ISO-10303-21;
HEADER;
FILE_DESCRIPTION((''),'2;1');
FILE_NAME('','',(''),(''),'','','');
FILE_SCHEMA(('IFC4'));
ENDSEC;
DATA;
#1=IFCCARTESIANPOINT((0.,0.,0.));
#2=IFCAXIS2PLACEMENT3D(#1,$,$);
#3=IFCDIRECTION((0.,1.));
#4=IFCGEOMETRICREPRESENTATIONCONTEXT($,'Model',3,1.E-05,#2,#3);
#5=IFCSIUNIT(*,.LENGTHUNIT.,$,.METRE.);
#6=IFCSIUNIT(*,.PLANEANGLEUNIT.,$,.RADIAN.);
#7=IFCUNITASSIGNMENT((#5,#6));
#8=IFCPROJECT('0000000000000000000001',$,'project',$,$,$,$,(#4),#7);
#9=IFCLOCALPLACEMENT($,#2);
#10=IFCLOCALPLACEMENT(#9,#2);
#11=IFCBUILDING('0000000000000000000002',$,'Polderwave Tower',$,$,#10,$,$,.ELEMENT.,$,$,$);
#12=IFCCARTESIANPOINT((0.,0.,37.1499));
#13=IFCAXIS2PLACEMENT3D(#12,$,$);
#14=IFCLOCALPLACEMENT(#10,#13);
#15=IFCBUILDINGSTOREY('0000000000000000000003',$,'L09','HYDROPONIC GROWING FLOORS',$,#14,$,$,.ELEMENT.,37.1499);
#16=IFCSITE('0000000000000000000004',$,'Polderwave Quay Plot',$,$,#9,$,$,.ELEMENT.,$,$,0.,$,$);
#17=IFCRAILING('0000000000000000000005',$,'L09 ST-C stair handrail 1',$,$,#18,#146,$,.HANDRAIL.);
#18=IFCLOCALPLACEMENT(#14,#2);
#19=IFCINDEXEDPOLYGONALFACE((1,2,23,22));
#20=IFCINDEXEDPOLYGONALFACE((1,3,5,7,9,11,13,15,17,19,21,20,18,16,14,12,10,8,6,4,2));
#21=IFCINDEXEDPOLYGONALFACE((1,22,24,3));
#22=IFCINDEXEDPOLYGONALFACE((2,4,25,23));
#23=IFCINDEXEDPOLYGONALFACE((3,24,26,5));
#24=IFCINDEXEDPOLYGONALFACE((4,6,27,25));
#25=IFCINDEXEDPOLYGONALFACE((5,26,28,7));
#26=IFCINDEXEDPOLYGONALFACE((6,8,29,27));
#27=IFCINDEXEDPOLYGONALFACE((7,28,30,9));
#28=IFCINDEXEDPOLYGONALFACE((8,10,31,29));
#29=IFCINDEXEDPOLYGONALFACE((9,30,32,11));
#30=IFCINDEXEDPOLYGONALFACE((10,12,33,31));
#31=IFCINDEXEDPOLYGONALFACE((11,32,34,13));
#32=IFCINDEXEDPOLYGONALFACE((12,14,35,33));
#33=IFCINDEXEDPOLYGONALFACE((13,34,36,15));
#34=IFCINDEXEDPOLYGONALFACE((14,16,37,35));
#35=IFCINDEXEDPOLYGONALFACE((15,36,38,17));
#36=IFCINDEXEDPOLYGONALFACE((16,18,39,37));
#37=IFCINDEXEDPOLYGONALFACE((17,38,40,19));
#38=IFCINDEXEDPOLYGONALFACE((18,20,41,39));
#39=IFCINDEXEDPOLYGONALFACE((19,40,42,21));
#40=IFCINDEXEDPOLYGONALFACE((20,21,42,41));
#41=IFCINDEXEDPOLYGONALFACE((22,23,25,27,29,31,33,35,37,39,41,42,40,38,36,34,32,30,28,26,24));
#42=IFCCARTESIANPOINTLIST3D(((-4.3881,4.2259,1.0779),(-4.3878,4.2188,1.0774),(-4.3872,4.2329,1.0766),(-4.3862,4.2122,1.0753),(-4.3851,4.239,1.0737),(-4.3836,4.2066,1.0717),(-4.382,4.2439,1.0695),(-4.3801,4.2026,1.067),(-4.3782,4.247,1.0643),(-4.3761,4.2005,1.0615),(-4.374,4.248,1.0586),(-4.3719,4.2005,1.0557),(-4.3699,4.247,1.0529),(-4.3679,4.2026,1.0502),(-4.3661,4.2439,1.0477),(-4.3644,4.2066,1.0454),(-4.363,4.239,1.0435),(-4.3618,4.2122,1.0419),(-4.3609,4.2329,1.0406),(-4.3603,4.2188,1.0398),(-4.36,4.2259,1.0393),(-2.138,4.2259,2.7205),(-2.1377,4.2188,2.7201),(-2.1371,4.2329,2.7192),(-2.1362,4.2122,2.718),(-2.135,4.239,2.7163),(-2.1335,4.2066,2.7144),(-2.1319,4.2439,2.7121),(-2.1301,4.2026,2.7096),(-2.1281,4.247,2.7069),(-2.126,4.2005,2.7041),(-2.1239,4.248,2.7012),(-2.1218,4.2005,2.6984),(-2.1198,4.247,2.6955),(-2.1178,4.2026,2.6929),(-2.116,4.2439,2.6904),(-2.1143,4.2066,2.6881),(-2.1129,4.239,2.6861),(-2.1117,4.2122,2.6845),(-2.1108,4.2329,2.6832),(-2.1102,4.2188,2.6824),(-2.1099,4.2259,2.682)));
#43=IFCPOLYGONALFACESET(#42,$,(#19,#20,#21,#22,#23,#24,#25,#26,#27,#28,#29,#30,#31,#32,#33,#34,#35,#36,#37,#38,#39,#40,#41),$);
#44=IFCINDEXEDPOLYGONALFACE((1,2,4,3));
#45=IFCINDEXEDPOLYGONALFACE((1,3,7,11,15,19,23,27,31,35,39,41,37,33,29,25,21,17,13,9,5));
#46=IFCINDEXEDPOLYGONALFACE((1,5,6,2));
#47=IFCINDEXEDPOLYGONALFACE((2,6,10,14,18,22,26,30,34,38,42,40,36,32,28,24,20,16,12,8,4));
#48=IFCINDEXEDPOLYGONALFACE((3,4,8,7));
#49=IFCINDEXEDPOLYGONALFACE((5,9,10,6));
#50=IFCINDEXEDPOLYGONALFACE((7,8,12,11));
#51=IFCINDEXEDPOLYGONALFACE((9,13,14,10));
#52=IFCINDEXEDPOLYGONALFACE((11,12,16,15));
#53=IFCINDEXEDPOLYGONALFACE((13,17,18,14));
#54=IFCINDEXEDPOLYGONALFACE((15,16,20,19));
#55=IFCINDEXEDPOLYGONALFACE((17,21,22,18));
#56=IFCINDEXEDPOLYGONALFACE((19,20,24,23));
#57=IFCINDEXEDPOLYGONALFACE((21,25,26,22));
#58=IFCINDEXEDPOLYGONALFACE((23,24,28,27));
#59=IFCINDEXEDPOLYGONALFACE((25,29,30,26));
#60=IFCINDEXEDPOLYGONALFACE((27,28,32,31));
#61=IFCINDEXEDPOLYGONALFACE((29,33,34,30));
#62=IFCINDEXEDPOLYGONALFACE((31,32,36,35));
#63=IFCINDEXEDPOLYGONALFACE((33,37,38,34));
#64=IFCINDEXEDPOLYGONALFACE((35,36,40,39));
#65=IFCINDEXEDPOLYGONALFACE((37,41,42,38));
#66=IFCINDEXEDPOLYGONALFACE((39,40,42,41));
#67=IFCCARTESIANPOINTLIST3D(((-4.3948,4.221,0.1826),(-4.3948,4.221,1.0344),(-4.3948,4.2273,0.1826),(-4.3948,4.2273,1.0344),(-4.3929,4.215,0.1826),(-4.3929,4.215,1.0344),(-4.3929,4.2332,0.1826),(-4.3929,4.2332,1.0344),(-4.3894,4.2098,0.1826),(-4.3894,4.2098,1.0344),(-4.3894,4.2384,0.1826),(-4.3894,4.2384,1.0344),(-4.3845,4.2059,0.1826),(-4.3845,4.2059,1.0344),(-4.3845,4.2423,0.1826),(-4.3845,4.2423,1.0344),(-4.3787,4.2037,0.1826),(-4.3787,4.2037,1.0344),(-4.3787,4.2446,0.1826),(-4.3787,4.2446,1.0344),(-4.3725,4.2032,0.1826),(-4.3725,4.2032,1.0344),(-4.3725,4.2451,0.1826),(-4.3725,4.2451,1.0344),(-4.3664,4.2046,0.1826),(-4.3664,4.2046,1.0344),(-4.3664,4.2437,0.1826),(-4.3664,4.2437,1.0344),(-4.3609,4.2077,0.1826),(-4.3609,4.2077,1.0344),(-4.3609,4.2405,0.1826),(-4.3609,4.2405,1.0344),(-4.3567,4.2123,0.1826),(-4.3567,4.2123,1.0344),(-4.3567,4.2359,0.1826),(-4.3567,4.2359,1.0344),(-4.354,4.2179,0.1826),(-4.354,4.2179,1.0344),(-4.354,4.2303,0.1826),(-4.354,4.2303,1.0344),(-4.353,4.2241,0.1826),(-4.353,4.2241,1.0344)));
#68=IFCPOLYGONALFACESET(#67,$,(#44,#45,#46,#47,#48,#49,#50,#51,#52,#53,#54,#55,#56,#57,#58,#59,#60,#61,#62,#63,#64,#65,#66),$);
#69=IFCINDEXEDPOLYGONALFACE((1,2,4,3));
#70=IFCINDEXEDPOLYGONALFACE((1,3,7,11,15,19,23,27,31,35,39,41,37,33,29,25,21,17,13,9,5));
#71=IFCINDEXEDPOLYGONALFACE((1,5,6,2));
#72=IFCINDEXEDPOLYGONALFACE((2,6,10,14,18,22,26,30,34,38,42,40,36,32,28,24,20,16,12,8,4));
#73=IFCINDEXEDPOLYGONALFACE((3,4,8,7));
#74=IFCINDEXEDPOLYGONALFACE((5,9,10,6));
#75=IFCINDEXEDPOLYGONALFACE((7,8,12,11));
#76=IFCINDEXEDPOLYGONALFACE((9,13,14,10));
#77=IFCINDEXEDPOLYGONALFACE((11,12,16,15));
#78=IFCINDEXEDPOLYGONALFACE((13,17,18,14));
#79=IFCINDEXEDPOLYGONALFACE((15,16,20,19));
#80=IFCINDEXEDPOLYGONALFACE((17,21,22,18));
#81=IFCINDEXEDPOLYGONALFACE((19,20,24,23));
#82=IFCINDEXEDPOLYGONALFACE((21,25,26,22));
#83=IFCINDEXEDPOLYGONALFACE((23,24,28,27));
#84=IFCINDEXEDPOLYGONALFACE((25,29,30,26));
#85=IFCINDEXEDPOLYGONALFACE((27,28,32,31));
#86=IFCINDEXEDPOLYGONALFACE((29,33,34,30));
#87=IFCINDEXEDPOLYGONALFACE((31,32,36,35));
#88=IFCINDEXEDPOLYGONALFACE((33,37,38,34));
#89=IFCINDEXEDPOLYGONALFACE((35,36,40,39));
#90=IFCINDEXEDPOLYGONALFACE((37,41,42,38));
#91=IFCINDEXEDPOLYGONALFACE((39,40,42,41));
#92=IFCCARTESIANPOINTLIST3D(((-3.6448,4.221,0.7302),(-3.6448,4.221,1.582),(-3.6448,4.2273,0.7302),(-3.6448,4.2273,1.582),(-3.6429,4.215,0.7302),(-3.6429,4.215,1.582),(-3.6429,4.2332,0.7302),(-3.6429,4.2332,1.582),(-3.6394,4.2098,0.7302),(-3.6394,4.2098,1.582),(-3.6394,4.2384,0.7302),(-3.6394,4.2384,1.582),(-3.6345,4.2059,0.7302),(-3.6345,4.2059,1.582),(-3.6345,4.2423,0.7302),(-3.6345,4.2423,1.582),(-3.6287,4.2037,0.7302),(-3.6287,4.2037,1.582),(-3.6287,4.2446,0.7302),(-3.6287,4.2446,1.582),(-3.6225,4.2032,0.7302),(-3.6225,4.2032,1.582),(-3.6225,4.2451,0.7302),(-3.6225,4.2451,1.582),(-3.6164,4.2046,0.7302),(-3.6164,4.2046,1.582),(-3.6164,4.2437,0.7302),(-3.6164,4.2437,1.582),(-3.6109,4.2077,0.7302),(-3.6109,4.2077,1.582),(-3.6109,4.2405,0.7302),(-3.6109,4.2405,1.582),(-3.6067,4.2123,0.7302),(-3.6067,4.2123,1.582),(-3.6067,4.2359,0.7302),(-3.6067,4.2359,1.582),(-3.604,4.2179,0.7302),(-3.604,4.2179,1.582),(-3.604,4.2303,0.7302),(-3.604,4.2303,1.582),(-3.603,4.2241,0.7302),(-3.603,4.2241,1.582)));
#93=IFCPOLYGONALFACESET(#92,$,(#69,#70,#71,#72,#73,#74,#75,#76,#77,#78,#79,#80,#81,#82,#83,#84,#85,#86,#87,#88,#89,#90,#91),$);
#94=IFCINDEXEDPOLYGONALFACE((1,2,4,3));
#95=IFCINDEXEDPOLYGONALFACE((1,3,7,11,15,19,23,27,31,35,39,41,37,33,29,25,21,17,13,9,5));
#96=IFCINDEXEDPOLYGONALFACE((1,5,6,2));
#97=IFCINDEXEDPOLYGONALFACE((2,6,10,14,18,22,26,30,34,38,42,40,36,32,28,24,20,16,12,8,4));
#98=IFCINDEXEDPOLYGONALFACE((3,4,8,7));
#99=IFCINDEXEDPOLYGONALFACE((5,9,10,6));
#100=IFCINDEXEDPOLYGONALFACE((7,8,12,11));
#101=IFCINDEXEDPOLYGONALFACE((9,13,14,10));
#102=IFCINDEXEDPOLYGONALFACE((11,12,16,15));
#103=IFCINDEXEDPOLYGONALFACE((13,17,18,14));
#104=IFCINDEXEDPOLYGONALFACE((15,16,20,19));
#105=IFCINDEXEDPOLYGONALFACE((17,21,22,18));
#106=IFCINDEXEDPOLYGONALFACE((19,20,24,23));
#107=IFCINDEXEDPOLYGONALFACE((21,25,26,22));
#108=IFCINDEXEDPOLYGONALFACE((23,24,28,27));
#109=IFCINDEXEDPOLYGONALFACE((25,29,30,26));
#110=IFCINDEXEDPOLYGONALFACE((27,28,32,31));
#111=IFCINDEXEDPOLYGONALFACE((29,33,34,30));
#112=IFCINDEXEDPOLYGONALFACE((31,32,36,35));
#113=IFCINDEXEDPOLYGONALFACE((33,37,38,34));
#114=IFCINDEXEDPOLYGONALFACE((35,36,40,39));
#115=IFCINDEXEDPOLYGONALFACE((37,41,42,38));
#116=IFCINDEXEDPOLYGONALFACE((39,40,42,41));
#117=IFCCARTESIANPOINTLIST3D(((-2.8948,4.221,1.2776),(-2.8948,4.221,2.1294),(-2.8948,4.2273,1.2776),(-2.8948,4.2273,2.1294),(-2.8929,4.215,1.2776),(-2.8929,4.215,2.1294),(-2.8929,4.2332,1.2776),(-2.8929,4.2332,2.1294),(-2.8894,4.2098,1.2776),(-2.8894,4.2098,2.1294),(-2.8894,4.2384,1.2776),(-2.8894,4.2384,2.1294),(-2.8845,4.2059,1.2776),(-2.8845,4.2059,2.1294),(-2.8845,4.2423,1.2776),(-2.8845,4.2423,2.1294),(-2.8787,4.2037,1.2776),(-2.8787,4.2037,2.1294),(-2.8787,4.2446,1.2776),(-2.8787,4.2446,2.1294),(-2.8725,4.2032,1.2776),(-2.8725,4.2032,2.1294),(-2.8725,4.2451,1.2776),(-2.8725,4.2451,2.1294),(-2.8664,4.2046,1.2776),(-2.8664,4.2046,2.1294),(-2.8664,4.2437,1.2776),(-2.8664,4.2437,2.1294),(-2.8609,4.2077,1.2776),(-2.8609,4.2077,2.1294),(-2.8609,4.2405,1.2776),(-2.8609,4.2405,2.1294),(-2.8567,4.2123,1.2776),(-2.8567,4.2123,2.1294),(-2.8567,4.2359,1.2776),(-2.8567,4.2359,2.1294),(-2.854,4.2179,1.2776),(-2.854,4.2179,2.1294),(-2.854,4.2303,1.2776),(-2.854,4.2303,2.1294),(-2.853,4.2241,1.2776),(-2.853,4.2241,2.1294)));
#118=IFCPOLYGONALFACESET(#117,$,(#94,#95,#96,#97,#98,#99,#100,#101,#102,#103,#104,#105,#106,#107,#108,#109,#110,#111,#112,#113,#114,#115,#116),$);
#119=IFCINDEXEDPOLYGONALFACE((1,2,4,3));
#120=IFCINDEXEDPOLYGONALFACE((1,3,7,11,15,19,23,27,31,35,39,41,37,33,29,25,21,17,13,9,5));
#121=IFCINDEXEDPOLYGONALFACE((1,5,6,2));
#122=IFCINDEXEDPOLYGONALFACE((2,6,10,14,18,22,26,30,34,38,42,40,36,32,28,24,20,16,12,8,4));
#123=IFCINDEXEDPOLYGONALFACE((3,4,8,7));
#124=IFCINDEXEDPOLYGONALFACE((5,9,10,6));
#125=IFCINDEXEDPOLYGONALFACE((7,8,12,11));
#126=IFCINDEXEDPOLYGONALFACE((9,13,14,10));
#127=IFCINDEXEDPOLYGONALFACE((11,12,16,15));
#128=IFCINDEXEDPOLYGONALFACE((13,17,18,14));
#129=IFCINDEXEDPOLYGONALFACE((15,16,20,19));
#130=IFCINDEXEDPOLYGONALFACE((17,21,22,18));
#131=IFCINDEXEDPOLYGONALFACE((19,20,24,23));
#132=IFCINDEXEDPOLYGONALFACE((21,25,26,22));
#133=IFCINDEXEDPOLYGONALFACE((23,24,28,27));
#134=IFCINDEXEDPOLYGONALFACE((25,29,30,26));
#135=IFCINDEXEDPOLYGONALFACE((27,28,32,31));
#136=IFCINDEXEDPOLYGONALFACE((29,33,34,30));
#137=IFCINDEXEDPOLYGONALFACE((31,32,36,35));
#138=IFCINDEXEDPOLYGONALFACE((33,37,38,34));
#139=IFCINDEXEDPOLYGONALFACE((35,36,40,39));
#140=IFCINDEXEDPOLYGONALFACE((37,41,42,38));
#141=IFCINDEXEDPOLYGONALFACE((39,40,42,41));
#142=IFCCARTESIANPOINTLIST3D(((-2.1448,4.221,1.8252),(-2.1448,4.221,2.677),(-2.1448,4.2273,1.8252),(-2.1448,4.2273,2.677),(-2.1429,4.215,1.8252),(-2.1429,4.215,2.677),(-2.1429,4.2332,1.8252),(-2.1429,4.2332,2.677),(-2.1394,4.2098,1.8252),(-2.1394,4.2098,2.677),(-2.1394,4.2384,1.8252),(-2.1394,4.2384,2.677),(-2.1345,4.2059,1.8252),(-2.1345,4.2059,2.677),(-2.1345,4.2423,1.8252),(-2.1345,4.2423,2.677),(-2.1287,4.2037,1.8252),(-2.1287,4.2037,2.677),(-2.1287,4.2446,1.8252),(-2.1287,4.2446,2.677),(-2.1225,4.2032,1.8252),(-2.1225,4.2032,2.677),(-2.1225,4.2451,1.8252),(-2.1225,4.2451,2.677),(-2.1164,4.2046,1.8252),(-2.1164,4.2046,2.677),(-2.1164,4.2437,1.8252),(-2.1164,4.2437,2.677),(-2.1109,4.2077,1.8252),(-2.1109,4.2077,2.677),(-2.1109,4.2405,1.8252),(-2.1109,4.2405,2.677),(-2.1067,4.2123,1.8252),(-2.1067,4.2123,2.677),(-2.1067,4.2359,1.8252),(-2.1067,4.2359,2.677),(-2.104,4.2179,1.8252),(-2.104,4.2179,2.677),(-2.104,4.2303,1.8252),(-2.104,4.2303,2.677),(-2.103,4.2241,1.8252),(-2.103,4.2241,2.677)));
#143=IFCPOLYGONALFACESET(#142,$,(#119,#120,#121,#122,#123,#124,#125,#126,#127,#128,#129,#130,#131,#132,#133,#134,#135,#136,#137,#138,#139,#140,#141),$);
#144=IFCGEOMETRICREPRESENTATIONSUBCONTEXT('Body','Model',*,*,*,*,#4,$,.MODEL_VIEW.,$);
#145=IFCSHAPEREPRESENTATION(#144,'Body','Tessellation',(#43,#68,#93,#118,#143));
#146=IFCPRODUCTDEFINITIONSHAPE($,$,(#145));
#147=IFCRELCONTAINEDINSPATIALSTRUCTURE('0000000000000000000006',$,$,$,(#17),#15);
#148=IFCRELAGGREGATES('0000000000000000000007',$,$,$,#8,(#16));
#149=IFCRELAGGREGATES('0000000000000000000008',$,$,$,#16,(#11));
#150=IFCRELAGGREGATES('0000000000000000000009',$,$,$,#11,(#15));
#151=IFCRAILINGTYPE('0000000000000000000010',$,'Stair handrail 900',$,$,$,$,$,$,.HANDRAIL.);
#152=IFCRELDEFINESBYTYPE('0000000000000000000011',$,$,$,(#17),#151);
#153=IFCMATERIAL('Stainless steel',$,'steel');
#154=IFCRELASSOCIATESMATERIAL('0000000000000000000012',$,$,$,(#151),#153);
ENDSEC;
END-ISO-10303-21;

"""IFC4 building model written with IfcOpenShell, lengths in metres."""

from ifc_helpers import new_model, si_unit, direction, frame, origin, origin_2d, place, context, subcontext, project, spatial, circle, extrude, material, type_object, element, save


model = new_model("IFC4")

# Units and contexts
model_context = context("Model", 3, precision=1e-05, world=origin(), true_north=direction((0.0, 1.0)))
body_context = subcontext(model_context, "Body", "Model", "MODEL_VIEW")
ifc_project = project(units=[si_unit("LENGTHUNIT", "METRE"), si_unit("PLANEANGLEUNIT", "RADIAN")], contexts=[model_context])

# Site, building, storey
site_placement = place(None, origin())
site = spatial("IfcSite", under=ifc_project, at=site_placement, Name="Polderwave Quay Plot", CompositionType="ELEMENT", RefElevation=0.0)
building_placement = place(site_placement, origin())
building = spatial("IfcBuilding", under=site, at=building_placement, Name="Polderwave Tower", CompositionType="ELEMENT")
storey_placement = place(building_placement, frame((0.0, 0.0, 37.1499)))
storey = spatial("IfcBuildingStorey", under=building, at=storey_placement, Name="L09", Description="HYDROPONIC GROWING FLOORS", CompositionType="ELEMENT", Elevation=37.1499)

# Railing
ifc_material_1 = material(Name="Stainless steel", Category="steel")
railing_type_1 = type_object("IfcRailingType", Name="Stair handrail 900", PredefinedType="HANDRAIL", material=ifc_material_1)
railing_1_placement = place(storey_placement, frame((-4.374, 4.2241, 0.1826)))
element("IfcRailing", 1, at=railing_1_placement, inside=storey, type_object=railing_type_1, Name="L09 ST-C stair handrail 1", PredefinedType="HANDRAIL", context=body_context, shape_type="SweptSolid", body=[
    extrude(circle(Radius=0.0239, at=origin_2d()), frame((0.0, 0.0, 0.876), z_axis=(0.807674, 0.0, 0.58963), x_axis=(0.0, 1.0, 0.0)), (0.0, 0.0, 1.0), 2.7859),
    extrude(circle(Radius=0.021, at=origin_2d()), origin(), (0.0, 0.0, 1.0), 0.8518),
    extrude(circle(Radius=0.021, at=origin_2d()), frame((0.75, 0.0, 0.5476)), (0.0, 0.0, 1.0), 0.8518),
    extrude(circle(Radius=0.021, at=origin_2d()), frame((1.5, 0.0, 1.095)), (0.0, 0.0, 1.0), 0.8518),
    extrude(circle(Radius=0.021, at=origin_2d()), frame((2.25, 0.0, 1.6426)), (0.0, 0.0, 1.0), 0.8518),
])

save(model, "model.ifc")
